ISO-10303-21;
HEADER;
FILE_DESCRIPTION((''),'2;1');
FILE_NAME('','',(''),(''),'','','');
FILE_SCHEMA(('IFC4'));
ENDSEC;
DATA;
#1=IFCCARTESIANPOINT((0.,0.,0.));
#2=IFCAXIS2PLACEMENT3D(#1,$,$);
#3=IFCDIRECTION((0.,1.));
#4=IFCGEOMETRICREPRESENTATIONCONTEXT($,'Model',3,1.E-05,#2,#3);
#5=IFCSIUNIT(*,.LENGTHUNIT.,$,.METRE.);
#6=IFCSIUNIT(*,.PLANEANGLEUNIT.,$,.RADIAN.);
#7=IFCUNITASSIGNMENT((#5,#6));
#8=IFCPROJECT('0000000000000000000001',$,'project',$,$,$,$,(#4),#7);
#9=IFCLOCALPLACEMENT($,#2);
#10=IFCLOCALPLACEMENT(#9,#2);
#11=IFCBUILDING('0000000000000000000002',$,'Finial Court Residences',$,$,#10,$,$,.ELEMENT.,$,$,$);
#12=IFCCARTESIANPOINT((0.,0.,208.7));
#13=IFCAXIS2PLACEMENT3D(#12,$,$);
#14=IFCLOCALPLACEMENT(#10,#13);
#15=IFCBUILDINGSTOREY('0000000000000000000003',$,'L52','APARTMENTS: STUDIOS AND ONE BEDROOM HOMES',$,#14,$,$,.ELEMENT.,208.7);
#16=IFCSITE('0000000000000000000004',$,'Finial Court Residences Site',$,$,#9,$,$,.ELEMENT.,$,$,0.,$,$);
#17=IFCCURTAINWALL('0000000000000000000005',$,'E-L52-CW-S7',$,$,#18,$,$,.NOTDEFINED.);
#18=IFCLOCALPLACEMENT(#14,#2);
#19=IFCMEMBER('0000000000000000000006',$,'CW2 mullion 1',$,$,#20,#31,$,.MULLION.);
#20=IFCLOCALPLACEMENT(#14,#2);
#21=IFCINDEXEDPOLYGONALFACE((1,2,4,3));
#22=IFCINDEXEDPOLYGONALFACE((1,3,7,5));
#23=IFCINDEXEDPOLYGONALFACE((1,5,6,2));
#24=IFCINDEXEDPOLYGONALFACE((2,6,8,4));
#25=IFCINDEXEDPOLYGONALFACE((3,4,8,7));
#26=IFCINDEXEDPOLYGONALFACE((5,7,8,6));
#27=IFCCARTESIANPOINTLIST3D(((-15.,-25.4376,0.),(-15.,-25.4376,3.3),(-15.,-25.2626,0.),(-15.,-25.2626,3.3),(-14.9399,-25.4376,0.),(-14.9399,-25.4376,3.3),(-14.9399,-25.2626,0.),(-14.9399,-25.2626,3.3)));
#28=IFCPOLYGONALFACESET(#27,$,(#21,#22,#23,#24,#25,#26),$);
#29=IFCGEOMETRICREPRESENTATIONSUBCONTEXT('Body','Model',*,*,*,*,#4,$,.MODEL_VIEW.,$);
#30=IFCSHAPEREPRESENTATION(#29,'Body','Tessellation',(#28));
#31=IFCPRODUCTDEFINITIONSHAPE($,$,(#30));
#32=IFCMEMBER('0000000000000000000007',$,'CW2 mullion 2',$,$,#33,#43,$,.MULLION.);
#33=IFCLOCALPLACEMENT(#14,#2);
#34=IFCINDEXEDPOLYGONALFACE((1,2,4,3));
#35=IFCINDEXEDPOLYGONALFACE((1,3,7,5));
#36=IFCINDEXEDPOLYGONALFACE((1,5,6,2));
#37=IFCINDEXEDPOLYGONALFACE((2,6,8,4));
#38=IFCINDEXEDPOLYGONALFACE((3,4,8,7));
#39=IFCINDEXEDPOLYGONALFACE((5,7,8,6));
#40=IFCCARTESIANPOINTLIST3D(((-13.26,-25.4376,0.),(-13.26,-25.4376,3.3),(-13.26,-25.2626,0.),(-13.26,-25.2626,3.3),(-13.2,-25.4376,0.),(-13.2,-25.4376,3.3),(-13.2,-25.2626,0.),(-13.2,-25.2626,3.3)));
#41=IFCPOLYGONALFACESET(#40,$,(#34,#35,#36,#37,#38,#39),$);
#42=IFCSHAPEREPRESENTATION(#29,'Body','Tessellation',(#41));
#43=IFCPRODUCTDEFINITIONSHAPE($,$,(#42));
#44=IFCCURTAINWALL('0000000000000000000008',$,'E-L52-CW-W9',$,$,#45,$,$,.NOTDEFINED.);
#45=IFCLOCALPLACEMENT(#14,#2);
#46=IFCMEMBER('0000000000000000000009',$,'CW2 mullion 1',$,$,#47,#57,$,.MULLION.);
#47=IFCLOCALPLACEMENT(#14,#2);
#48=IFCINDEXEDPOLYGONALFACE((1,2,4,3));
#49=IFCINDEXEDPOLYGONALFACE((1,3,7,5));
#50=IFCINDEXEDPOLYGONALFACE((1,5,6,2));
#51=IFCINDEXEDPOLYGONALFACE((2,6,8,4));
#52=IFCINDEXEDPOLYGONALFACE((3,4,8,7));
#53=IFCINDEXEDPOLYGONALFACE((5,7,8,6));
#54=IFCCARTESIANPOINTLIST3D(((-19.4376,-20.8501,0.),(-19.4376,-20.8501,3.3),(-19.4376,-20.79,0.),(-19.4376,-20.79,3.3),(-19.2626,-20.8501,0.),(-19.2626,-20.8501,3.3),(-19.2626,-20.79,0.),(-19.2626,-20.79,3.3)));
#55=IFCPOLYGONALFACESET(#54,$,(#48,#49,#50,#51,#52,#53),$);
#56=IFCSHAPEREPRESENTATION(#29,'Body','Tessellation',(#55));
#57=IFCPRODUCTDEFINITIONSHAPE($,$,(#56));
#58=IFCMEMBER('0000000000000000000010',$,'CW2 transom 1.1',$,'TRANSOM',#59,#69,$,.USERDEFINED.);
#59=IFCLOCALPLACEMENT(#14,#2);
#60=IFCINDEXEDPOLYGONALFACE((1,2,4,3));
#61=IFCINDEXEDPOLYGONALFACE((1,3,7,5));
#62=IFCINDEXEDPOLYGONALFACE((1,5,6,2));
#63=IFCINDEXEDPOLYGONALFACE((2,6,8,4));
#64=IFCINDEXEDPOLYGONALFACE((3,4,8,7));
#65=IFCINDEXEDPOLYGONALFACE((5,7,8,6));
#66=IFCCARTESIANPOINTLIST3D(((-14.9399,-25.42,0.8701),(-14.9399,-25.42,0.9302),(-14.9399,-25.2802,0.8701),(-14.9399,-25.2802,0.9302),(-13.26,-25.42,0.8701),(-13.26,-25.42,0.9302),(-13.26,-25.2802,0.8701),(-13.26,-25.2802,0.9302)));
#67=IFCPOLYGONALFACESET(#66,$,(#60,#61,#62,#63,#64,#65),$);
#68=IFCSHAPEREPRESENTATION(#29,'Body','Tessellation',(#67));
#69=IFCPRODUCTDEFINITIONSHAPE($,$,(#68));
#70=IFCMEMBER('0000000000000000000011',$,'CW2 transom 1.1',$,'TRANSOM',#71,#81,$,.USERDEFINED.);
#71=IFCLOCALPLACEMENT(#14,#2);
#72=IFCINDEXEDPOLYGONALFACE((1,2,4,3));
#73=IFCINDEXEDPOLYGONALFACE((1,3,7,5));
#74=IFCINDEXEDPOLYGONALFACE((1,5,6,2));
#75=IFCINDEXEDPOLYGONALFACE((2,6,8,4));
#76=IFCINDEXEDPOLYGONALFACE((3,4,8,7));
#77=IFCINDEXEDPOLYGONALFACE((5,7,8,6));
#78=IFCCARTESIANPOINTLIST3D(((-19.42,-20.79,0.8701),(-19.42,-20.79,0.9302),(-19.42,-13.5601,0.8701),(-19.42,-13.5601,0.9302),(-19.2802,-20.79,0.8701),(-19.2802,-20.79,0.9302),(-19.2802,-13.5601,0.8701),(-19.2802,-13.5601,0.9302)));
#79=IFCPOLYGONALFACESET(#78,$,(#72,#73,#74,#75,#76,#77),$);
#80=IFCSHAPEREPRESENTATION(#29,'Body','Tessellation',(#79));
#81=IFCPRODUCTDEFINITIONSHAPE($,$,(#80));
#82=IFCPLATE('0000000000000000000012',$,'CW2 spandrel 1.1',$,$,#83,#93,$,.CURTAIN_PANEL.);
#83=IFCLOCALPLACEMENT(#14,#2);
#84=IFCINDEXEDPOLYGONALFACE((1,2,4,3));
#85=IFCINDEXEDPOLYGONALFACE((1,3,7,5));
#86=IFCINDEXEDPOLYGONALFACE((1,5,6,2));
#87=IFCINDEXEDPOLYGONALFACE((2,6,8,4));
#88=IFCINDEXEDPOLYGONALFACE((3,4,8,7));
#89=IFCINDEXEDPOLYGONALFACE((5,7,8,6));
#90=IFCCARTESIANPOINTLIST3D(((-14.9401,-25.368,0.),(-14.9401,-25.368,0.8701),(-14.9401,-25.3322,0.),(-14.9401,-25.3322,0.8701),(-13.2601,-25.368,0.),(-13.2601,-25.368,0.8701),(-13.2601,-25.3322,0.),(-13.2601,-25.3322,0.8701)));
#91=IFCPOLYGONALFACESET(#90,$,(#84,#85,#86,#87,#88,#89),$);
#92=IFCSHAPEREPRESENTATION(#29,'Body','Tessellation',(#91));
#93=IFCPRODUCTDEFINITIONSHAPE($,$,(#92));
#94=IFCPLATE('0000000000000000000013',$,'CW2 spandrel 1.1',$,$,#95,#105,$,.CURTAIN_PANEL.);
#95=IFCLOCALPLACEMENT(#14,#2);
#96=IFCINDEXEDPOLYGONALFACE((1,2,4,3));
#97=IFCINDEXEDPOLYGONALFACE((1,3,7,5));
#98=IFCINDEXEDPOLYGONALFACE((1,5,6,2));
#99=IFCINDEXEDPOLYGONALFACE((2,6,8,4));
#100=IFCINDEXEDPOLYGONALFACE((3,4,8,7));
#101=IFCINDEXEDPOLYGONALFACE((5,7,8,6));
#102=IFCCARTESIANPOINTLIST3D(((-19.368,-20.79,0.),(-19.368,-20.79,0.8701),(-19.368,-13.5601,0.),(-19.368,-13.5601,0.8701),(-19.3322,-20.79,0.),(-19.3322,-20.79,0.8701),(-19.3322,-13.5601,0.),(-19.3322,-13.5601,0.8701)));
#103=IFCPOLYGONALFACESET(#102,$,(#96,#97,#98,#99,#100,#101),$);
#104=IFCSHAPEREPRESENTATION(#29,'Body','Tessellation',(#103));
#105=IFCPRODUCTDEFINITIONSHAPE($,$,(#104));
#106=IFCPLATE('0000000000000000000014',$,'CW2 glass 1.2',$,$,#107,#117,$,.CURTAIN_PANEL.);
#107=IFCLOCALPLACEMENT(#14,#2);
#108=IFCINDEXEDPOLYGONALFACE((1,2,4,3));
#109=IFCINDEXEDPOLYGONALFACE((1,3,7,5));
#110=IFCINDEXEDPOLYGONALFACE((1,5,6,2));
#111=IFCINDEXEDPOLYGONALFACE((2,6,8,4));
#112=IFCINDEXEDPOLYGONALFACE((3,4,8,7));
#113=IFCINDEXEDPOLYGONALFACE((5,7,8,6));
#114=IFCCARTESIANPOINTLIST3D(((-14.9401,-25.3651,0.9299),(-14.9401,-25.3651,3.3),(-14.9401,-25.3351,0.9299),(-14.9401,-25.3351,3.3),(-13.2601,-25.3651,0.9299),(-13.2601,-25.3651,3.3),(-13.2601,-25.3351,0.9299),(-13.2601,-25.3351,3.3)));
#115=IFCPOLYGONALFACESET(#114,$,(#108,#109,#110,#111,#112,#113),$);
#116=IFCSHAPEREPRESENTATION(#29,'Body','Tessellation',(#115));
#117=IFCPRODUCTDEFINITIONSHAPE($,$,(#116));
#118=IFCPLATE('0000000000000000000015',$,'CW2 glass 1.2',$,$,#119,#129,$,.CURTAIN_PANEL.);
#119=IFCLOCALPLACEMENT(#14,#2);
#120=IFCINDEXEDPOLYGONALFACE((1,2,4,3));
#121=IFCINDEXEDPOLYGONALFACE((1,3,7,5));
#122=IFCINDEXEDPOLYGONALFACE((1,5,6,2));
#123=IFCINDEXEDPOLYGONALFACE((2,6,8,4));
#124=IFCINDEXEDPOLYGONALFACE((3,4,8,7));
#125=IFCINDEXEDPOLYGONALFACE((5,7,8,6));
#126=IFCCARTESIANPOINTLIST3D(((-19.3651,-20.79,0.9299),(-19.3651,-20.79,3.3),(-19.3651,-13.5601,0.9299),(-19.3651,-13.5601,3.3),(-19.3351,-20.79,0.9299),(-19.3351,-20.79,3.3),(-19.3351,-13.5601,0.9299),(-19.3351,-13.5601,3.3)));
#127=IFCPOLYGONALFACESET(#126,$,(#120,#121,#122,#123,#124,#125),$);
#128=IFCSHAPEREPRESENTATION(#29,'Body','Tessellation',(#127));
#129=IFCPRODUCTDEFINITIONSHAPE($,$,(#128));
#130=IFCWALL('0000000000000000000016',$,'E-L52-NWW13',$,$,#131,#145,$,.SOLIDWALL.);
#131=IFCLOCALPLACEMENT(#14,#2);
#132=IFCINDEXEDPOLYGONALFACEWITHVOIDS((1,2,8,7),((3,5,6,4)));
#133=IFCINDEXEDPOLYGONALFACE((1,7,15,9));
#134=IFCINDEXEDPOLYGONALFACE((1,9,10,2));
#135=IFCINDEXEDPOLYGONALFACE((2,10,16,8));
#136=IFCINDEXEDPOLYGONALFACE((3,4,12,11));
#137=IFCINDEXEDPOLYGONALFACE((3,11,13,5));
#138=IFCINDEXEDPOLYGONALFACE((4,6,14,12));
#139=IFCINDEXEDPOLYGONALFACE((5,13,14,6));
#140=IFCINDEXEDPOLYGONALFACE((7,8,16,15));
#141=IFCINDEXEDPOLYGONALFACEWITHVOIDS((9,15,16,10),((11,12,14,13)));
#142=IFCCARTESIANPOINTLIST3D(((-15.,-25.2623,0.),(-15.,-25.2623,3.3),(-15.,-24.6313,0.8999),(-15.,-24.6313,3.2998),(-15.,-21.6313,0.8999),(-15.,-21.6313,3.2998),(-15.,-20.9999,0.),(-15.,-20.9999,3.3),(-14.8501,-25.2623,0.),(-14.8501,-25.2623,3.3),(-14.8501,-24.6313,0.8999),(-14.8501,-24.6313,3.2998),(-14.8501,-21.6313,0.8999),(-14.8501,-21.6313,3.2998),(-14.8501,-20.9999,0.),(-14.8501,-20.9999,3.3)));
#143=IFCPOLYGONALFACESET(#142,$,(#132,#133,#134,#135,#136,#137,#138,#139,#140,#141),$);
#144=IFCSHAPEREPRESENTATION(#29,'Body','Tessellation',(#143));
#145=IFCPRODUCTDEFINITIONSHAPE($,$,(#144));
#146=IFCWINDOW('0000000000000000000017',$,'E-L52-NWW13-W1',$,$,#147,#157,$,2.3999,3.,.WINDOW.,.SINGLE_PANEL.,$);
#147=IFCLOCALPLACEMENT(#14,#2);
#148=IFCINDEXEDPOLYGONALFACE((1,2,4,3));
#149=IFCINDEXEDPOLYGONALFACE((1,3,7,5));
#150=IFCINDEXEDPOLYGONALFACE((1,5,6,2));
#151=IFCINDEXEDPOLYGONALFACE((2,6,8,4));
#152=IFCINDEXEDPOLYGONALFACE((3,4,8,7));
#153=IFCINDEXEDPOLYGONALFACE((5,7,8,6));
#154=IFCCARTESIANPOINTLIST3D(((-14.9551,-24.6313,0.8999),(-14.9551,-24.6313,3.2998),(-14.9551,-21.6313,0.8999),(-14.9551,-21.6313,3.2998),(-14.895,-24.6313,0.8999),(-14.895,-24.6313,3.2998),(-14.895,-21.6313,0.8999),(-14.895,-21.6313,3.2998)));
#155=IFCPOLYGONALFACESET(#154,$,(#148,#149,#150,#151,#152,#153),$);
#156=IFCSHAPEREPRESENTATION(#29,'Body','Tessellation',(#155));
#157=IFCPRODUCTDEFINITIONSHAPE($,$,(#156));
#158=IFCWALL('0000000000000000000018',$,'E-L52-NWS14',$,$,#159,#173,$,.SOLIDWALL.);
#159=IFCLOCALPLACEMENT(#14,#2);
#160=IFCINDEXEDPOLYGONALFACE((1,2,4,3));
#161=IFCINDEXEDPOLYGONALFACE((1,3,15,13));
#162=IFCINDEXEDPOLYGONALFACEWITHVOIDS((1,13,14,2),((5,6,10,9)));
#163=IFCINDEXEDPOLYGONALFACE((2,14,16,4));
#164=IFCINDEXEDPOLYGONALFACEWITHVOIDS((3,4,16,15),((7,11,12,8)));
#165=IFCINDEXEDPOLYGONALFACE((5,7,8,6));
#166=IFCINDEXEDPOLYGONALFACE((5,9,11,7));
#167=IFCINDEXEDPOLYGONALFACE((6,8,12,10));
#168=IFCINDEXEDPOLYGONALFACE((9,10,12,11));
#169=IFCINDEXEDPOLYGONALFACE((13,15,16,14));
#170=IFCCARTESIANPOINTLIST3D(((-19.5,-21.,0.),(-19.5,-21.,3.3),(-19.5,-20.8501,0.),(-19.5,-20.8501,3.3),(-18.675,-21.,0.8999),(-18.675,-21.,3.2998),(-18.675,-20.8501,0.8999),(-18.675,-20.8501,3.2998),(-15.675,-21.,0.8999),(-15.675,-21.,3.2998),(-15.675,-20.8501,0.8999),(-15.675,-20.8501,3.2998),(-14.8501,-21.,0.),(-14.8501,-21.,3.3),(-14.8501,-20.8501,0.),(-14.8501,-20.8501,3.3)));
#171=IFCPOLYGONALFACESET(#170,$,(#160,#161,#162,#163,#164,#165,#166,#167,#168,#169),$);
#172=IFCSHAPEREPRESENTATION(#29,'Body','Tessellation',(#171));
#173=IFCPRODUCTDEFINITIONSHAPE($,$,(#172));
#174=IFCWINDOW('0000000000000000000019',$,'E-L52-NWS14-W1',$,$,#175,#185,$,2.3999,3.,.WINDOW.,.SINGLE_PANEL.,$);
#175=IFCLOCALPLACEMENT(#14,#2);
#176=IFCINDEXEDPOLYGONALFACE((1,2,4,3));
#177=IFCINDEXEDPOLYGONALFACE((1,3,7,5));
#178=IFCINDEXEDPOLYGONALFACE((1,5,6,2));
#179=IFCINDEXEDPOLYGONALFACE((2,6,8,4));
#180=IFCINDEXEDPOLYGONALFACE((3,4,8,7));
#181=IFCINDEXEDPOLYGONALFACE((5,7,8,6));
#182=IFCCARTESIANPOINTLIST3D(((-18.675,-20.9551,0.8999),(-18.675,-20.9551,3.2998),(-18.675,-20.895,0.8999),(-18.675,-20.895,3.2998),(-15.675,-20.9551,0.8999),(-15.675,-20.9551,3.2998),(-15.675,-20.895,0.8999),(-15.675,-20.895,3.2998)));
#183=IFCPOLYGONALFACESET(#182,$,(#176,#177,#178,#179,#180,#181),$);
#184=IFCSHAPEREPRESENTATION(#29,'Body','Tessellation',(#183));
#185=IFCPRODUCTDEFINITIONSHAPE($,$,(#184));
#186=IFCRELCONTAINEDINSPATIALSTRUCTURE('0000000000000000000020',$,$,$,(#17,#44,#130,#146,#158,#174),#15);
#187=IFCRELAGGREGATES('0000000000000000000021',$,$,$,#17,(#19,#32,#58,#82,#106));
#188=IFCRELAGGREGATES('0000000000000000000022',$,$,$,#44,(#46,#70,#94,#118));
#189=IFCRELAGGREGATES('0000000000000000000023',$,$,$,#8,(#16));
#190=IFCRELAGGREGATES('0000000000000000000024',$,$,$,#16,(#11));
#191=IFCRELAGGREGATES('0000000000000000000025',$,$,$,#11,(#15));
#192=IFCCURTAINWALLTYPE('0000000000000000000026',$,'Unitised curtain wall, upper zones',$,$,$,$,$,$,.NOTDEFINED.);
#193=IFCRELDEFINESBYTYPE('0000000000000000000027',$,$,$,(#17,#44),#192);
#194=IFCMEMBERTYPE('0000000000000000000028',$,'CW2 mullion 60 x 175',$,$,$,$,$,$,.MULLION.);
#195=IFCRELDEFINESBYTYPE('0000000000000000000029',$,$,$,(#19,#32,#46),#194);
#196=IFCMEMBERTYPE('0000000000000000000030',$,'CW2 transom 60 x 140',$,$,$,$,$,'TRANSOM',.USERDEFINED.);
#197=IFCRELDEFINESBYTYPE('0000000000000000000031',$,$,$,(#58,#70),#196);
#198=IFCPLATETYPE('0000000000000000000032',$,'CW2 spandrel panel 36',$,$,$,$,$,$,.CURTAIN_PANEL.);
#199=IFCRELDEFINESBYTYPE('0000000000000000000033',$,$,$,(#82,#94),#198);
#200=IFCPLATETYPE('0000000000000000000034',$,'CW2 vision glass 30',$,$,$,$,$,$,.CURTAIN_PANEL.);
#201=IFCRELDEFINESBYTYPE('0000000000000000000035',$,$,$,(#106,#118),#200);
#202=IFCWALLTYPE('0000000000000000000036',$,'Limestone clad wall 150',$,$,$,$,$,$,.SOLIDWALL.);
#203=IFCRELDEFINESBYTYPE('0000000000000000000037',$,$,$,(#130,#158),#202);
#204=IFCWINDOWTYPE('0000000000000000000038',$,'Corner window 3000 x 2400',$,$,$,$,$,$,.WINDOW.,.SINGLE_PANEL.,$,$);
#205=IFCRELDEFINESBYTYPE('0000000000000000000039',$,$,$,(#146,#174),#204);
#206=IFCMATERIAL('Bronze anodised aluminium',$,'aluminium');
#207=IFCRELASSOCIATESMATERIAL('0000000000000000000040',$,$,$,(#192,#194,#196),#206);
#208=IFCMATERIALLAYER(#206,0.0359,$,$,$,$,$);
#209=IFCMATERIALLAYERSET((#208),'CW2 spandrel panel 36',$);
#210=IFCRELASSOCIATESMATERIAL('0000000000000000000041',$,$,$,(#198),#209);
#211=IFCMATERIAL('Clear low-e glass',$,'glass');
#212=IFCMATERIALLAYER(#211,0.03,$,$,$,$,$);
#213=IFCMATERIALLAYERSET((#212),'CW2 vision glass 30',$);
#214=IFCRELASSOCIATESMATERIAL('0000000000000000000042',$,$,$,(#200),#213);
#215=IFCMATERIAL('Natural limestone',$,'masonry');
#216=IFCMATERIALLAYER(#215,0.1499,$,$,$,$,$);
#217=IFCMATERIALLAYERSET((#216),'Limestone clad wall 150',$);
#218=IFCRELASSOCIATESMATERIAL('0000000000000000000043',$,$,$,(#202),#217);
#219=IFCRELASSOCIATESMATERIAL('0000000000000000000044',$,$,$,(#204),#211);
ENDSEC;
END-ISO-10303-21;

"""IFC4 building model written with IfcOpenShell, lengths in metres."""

from ifc_helpers import new_model, si_unit, direction, frame, frame_2d, origin, origin_2d, place, context, subcontext, project, spatial, rectangle, extrude, material, layer, layer_set, material_profile, profile_set, type_object, element, fill, aggregate, save


model = new_model("IFC4")

# Units and contexts
model_context = context("Model", 3, precision=1e-05, world=origin(), true_north=direction((0.0, 1.0)))
body_context = subcontext(model_context, "Body", "Model", "MODEL_VIEW")
ifc_project = project(units=[si_unit("LENGTHUNIT", "METRE"), si_unit("PLANEANGLEUNIT", "RADIAN")], contexts=[model_context])

# Site, building, storey
site_placement = place(None, origin())
site = spatial("IfcSite", under=ifc_project, at=site_placement, Name="Finial Court Residences Site", CompositionType="ELEMENT", RefElevation=0.0)
building_placement = place(site_placement, origin())
building = spatial("IfcBuilding", under=site, at=building_placement, Name="Finial Court Residences", CompositionType="ELEMENT")
storey_placement = place(building_placement, frame((0.0, 0.0, 208.7)))
storey = spatial("IfcBuildingStorey", under=building, at=storey_placement, Name="L52", Description="APARTMENTS: STUDIOS AND ONE BEDROOM HOMES", CompositionType="ELEMENT", Elevation=208.7)

# Curtain wall, members
ifc_material_1 = material(Name="Bronze anodised aluminium", Category="aluminium")
curtain_wall_type = type_object("IfcCurtainWallType", Name="Unitised curtain wall, upper zones", PredefinedType="NOTDEFINED", material=ifc_material_1)
curtain_wall_1_placement = place(storey_placement, origin())
curtain_wall_1 = element("IfcCurtainWall", 1, at=curtain_wall_1_placement, inside=storey, type_object=curtain_wall_type, Name="E-L52-CW-S7", PredefinedType="NOTDEFINED")
ifc_material_profile_1 = material_profile(ifc_material_1, rectangle(XDim=0.175, YDim=0.0601, at=origin_2d()), Name="CW2 mullion 60 x 175")
ifc_profile_set_1 = profile_set([ifc_material_profile_1], Name="Bronze anodised aluminium")
member_type_1 = type_object("IfcMemberType", Name="CW2 mullion 60 x 175", PredefinedType="MULLION", material=ifc_profile_set_1)
member_1_placement = place(storey_placement, frame((-14.97, -25.3501, 0.0), z_axis=(0.0, 0.0, 1.0), x_axis=(0.0, 1.0, 0.0)))
member_1 = element("IfcMember", 2, at=member_1_placement, type_object=member_type_1, Name="CW2 mullion 1", PredefinedType="MULLION", context=body_context, shape_type="SweptSolid", body=[
    extrude(rectangle(XDim=0.175, YDim=0.0601, at=origin_2d()), origin(), (0.0, 0.0, 1.0), 3.3),
])
member_2_placement = place(storey_placement, frame((-13.23, -25.3501, 0.0), z_axis=(0.0, 0.0, 1.0), x_axis=(0.0, 1.0, 0.0)))
member_2 = element("IfcMember", 3, at=member_2_placement, type_object=member_type_1, Name="CW2 mullion 2", PredefinedType="MULLION", context=body_context, shape_type="SweptSolid", body=[
    extrude(rectangle(XDim=0.175, YDim=0.0601, at=origin_2d()), origin(), (0.0, 0.0, 1.0), 3.3),
])

# Curtain wall, member
curtain_wall_2_placement = place(storey_placement, origin())
curtain_wall_2 = element("IfcCurtainWall", 4, at=curtain_wall_2_placement, inside=storey, type_object=curtain_wall_type, Name="E-L52-CW-W9", PredefinedType="NOTDEFINED")
member_3_placement = place(storey_placement, frame((-19.3501, -20.8201, 0.0), z_axis=(0.0, 0.0, 1.0), x_axis=(-1.0, 0.0, 0.0)))
member_3 = element("IfcMember", 5, at=member_3_placement, type_object=member_type_1, Name="CW2 mullion 1", PredefinedType="MULLION", context=body_context, shape_type="SweptSolid", body=[
    extrude(rectangle(XDim=0.175, YDim=0.0601, at=origin_2d()), origin(), (0.0, 0.0, 1.0), 3.3),
])

# Members
ifc_material_profile_2 = material_profile(ifc_material_1, rectangle(XDim=0.1399, YDim=0.0601, at=origin_2d()), Name="CW2 transom 60 x 140")
ifc_profile_set_2 = profile_set([ifc_material_profile_2], Name="Bronze anodised aluminium")
member_type_2 = type_object("IfcMemberType", Name="CW2 transom 60 x 140", ElementType="TRANSOM", PredefinedType="USERDEFINED", material=ifc_profile_set_2)
member_4_placement = place(storey_placement, frame((-14.9399, -25.3501, 0.9001), z_axis=(1.0, 0.0, 0.0), x_axis=(0.0, 1.0, 0.0)))
member_4 = element("IfcMember", 6, at=member_4_placement, type_object=member_type_2, Name="CW2 transom 1.1", ObjectType="TRANSOM", PredefinedType="USERDEFINED", context=body_context, shape_type="SweptSolid", body=[
    extrude(rectangle(XDim=0.1399, YDim=0.0601, at=origin_2d()), origin(), (0.0, 0.0, 1.0), 1.6799),
])
member_5_placement = place(storey_placement, frame((-19.3501, -20.79, 0.9001), z_axis=(0.0, 1.0, 0.0), x_axis=(-1.0, 0.0, 0.0)))
member_5 = element("IfcMember", 7, at=member_5_placement, type_object=member_type_2, Name="CW2 transom 1.1", ObjectType="TRANSOM", PredefinedType="USERDEFINED", context=body_context, shape_type="SweptSolid", body=[
    extrude(rectangle(XDim=0.1399, YDim=0.0601, at=origin_2d()), origin(), (0.0, 0.0, 1.0), 7.23),
])

# Plates
ifc_layer_1 = layer(ifc_material_1, 0.0359)
ifc_layer_set_1 = layer_set([ifc_layer_1], Name="CW2 spandrel panel 36")
plate_type_1 = type_object("IfcPlateType", Name="CW2 spandrel panel 36", PredefinedType="CURTAIN_PANEL", material=ifc_layer_set_1)
plate_1_placement = place(storey_placement, frame((-14.1001, -25.3501, 0.0), z_axis=(0.0, 0.0, 1.0), x_axis=(1.0, 0.0, 0.0)))
plate_1 = element("IfcPlate", 8, at=plate_1_placement, type_object=plate_type_1, Name="CW2 spandrel 1.1", PredefinedType="CURTAIN_PANEL", context=body_context, shape_type="SweptSolid", body=[
    extrude(rectangle(XDim=1.6799, YDim=0.0359, at=origin_2d()), origin(), (0.0, 0.0, 1.0), 0.8701),
])
plate_2_placement = place(storey_placement, frame((-19.3501, -17.175, 0.0), z_axis=(0.0, 0.0, 1.0), x_axis=(0.0, 1.0, 0.0)))
plate_2 = element("IfcPlate", 9, at=plate_2_placement, type_object=plate_type_1, Name="CW2 spandrel 1.1", PredefinedType="CURTAIN_PANEL", context=body_context, shape_type="SweptSolid", body=[
    extrude(rectangle(XDim=7.23, YDim=0.0359, at=origin_2d()), origin(), (0.0, 0.0, 1.0), 0.8701),
])
ifc_material_2 = material(Name="Clear low-e glass", Category="glass")
ifc_layer_2 = layer(ifc_material_2, 0.03)
ifc_layer_set_2 = layer_set([ifc_layer_2], Name="CW2 vision glass 30")
plate_type_2 = type_object("IfcPlateType", Name="CW2 vision glass 30", PredefinedType="CURTAIN_PANEL", material=ifc_layer_set_2)
plate_3_placement = place(storey_placement, frame((-14.1001, -25.3501, 0.9299), z_axis=(0.0, 0.0, 1.0), x_axis=(1.0, 0.0, 0.0)))
plate_3 = element("IfcPlate", 10, at=plate_3_placement, type_object=plate_type_2, Name="CW2 glass 1.2", PredefinedType="CURTAIN_PANEL", context=body_context, shape_type="SweptSolid", body=[
    extrude(rectangle(XDim=1.6799, YDim=0.03, at=origin_2d()), origin(), (0.0, 0.0, 1.0), 2.3701),
])
aggregate(curtain_wall_1, [member_1, member_2, member_4, plate_1, plate_3])
plate_4_placement = place(storey_placement, frame((-19.3501, -17.175, 0.9299), z_axis=(0.0, 0.0, 1.0), x_axis=(0.0, 1.0, 0.0)))
plate_4 = element("IfcPlate", 11, at=plate_4_placement, type_object=plate_type_2, Name="CW2 glass 1.2", PredefinedType="CURTAIN_PANEL", context=body_context, shape_type="SweptSolid", body=[
    extrude(rectangle(XDim=7.23, YDim=0.03, at=origin_2d()), origin(), (0.0, 0.0, 1.0), 2.3701),
])
aggregate(curtain_wall_2, [member_3, member_5, plate_2, plate_4])

# Walls, openings, windows
ifc_material_3 = material(Name="Natural limestone", Category="masonry")
ifc_layer_3 = layer(ifc_material_3, 0.1499)
ifc_layer_set_3 = layer_set([ifc_layer_3], Name="Limestone clad wall 150")
wall_type = type_object("IfcWallType", Name="Limestone clad wall 150", PredefinedType="SOLIDWALL", material=ifc_layer_set_3)
wall_1_placement = place(storey_placement, frame((-14.925, -25.2625, 0.0), z_axis=(0.0, 0.0, 1.0), x_axis=(0.0, 1.0, 0.0)))
wall_1 = element("IfcWall", 12, at=wall_1_placement, inside=storey, type_object=wall_type, Name="E-L52-NWW13", PredefinedType="SOLIDWALL", context=body_context, shape_type="SweptSolid", body=[
    extrude(rectangle(XDim=4.2625, YDim=0.1499, at=frame_2d((2.1313, 0.0))), origin(), (0.0, 0.0, 1.0), 3.3),
])
opening_1_placement = place(wall_1_placement, frame((0.6311, 0.0, 0.8999)))
opening_1 = element("IfcOpeningElement", 13, at=opening_1_placement, cuts=wall_1, PredefinedType="OPENING", context=body_context, shape_type="SweptSolid", body=[
    extrude(rectangle(XDim=3.0, YDim=2.3999, at=frame_2d((1.5, 1.2))), frame((0.0, 0.085, 0.0), z_axis=(0.0, -1.0, 0.0), x_axis=(1.0, 0.0, 0.0)), (0.0, 0.0, 1.0), 0.1699),
])
window_type = type_object("IfcWindowType", Name="Corner window 3000 x 2400", PartitioningType="SINGLE_PANEL", PredefinedType="WINDOW", material=ifc_material_2)
window_1_placement = place(opening_1_placement, origin())
window_1 = element("IfcWindow", 14, at=window_1_placement, inside=storey, type_object=window_type, Name="E-L52-NWW13-W1", OverallHeight=2.3999, OverallWidth=3.0, PartitioningType="SINGLE_PANEL", PredefinedType="WINDOW", context=body_context, shape_type="SweptSolid", body=[
    extrude(rectangle(XDim=3.0, YDim=2.3999, at=frame_2d((1.5, 1.2))), frame((0.0, 0.03, 0.0), z_axis=(0.0, -1.0, 0.0), x_axis=(1.0, 0.0, 0.0)), (0.0, 0.0, 1.0), 0.0601),
])
fill(opening_1, window_1)
wall_2_placement = place(storey_placement, frame((-14.8501, -20.925, 0.0), z_axis=(0.0, 0.0, 1.0), x_axis=(-1.0, 0.0, 0.0)))
wall_2 = element("IfcWall", 15, at=wall_2_placement, inside=storey, type_object=wall_type, Name="E-L52-NWS14", PredefinedType="SOLIDWALL", context=body_context, shape_type="SweptSolid", body=[
    extrude(rectangle(XDim=4.6499, YDim=0.1499, at=frame_2d((2.325, 0.0))), origin(), (0.0, 0.0, 1.0), 3.3),
])
opening_2_placement = place(wall_2_placement, frame((0.825, 0.0, 0.8999)))
opening_2 = element("IfcOpeningElement", 16, at=opening_2_placement, cuts=wall_2, PredefinedType="OPENING", context=body_context, shape_type="SweptSolid", body=[
    extrude(rectangle(XDim=3.0, YDim=2.3999, at=frame_2d((1.5, 1.2))), frame((0.0, 0.085, 0.0), z_axis=(0.0, -1.0, 0.0), x_axis=(1.0, 0.0, 0.0)), (0.0, 0.0, 1.0), 0.1699),
])
window_2_placement = place(opening_2_placement, origin())
window_2 = element("IfcWindow", 17, at=window_2_placement, inside=storey, type_object=window_type, Name="E-L52-NWS14-W1", OverallHeight=2.3999, OverallWidth=3.0, PartitioningType="SINGLE_PANEL", PredefinedType="WINDOW", context=body_context, shape_type="SweptSolid", body=[
    extrude(rectangle(XDim=3.0, YDim=2.3999, at=frame_2d((1.5, 1.2))), frame((0.0, 0.03, 0.0), z_axis=(0.0, -1.0, 0.0), x_axis=(1.0, 0.0, 0.0)), (0.0, 0.0, 1.0), 0.0601),
])
fill(opening_2, window_2)

save(model, "model.ifc")
